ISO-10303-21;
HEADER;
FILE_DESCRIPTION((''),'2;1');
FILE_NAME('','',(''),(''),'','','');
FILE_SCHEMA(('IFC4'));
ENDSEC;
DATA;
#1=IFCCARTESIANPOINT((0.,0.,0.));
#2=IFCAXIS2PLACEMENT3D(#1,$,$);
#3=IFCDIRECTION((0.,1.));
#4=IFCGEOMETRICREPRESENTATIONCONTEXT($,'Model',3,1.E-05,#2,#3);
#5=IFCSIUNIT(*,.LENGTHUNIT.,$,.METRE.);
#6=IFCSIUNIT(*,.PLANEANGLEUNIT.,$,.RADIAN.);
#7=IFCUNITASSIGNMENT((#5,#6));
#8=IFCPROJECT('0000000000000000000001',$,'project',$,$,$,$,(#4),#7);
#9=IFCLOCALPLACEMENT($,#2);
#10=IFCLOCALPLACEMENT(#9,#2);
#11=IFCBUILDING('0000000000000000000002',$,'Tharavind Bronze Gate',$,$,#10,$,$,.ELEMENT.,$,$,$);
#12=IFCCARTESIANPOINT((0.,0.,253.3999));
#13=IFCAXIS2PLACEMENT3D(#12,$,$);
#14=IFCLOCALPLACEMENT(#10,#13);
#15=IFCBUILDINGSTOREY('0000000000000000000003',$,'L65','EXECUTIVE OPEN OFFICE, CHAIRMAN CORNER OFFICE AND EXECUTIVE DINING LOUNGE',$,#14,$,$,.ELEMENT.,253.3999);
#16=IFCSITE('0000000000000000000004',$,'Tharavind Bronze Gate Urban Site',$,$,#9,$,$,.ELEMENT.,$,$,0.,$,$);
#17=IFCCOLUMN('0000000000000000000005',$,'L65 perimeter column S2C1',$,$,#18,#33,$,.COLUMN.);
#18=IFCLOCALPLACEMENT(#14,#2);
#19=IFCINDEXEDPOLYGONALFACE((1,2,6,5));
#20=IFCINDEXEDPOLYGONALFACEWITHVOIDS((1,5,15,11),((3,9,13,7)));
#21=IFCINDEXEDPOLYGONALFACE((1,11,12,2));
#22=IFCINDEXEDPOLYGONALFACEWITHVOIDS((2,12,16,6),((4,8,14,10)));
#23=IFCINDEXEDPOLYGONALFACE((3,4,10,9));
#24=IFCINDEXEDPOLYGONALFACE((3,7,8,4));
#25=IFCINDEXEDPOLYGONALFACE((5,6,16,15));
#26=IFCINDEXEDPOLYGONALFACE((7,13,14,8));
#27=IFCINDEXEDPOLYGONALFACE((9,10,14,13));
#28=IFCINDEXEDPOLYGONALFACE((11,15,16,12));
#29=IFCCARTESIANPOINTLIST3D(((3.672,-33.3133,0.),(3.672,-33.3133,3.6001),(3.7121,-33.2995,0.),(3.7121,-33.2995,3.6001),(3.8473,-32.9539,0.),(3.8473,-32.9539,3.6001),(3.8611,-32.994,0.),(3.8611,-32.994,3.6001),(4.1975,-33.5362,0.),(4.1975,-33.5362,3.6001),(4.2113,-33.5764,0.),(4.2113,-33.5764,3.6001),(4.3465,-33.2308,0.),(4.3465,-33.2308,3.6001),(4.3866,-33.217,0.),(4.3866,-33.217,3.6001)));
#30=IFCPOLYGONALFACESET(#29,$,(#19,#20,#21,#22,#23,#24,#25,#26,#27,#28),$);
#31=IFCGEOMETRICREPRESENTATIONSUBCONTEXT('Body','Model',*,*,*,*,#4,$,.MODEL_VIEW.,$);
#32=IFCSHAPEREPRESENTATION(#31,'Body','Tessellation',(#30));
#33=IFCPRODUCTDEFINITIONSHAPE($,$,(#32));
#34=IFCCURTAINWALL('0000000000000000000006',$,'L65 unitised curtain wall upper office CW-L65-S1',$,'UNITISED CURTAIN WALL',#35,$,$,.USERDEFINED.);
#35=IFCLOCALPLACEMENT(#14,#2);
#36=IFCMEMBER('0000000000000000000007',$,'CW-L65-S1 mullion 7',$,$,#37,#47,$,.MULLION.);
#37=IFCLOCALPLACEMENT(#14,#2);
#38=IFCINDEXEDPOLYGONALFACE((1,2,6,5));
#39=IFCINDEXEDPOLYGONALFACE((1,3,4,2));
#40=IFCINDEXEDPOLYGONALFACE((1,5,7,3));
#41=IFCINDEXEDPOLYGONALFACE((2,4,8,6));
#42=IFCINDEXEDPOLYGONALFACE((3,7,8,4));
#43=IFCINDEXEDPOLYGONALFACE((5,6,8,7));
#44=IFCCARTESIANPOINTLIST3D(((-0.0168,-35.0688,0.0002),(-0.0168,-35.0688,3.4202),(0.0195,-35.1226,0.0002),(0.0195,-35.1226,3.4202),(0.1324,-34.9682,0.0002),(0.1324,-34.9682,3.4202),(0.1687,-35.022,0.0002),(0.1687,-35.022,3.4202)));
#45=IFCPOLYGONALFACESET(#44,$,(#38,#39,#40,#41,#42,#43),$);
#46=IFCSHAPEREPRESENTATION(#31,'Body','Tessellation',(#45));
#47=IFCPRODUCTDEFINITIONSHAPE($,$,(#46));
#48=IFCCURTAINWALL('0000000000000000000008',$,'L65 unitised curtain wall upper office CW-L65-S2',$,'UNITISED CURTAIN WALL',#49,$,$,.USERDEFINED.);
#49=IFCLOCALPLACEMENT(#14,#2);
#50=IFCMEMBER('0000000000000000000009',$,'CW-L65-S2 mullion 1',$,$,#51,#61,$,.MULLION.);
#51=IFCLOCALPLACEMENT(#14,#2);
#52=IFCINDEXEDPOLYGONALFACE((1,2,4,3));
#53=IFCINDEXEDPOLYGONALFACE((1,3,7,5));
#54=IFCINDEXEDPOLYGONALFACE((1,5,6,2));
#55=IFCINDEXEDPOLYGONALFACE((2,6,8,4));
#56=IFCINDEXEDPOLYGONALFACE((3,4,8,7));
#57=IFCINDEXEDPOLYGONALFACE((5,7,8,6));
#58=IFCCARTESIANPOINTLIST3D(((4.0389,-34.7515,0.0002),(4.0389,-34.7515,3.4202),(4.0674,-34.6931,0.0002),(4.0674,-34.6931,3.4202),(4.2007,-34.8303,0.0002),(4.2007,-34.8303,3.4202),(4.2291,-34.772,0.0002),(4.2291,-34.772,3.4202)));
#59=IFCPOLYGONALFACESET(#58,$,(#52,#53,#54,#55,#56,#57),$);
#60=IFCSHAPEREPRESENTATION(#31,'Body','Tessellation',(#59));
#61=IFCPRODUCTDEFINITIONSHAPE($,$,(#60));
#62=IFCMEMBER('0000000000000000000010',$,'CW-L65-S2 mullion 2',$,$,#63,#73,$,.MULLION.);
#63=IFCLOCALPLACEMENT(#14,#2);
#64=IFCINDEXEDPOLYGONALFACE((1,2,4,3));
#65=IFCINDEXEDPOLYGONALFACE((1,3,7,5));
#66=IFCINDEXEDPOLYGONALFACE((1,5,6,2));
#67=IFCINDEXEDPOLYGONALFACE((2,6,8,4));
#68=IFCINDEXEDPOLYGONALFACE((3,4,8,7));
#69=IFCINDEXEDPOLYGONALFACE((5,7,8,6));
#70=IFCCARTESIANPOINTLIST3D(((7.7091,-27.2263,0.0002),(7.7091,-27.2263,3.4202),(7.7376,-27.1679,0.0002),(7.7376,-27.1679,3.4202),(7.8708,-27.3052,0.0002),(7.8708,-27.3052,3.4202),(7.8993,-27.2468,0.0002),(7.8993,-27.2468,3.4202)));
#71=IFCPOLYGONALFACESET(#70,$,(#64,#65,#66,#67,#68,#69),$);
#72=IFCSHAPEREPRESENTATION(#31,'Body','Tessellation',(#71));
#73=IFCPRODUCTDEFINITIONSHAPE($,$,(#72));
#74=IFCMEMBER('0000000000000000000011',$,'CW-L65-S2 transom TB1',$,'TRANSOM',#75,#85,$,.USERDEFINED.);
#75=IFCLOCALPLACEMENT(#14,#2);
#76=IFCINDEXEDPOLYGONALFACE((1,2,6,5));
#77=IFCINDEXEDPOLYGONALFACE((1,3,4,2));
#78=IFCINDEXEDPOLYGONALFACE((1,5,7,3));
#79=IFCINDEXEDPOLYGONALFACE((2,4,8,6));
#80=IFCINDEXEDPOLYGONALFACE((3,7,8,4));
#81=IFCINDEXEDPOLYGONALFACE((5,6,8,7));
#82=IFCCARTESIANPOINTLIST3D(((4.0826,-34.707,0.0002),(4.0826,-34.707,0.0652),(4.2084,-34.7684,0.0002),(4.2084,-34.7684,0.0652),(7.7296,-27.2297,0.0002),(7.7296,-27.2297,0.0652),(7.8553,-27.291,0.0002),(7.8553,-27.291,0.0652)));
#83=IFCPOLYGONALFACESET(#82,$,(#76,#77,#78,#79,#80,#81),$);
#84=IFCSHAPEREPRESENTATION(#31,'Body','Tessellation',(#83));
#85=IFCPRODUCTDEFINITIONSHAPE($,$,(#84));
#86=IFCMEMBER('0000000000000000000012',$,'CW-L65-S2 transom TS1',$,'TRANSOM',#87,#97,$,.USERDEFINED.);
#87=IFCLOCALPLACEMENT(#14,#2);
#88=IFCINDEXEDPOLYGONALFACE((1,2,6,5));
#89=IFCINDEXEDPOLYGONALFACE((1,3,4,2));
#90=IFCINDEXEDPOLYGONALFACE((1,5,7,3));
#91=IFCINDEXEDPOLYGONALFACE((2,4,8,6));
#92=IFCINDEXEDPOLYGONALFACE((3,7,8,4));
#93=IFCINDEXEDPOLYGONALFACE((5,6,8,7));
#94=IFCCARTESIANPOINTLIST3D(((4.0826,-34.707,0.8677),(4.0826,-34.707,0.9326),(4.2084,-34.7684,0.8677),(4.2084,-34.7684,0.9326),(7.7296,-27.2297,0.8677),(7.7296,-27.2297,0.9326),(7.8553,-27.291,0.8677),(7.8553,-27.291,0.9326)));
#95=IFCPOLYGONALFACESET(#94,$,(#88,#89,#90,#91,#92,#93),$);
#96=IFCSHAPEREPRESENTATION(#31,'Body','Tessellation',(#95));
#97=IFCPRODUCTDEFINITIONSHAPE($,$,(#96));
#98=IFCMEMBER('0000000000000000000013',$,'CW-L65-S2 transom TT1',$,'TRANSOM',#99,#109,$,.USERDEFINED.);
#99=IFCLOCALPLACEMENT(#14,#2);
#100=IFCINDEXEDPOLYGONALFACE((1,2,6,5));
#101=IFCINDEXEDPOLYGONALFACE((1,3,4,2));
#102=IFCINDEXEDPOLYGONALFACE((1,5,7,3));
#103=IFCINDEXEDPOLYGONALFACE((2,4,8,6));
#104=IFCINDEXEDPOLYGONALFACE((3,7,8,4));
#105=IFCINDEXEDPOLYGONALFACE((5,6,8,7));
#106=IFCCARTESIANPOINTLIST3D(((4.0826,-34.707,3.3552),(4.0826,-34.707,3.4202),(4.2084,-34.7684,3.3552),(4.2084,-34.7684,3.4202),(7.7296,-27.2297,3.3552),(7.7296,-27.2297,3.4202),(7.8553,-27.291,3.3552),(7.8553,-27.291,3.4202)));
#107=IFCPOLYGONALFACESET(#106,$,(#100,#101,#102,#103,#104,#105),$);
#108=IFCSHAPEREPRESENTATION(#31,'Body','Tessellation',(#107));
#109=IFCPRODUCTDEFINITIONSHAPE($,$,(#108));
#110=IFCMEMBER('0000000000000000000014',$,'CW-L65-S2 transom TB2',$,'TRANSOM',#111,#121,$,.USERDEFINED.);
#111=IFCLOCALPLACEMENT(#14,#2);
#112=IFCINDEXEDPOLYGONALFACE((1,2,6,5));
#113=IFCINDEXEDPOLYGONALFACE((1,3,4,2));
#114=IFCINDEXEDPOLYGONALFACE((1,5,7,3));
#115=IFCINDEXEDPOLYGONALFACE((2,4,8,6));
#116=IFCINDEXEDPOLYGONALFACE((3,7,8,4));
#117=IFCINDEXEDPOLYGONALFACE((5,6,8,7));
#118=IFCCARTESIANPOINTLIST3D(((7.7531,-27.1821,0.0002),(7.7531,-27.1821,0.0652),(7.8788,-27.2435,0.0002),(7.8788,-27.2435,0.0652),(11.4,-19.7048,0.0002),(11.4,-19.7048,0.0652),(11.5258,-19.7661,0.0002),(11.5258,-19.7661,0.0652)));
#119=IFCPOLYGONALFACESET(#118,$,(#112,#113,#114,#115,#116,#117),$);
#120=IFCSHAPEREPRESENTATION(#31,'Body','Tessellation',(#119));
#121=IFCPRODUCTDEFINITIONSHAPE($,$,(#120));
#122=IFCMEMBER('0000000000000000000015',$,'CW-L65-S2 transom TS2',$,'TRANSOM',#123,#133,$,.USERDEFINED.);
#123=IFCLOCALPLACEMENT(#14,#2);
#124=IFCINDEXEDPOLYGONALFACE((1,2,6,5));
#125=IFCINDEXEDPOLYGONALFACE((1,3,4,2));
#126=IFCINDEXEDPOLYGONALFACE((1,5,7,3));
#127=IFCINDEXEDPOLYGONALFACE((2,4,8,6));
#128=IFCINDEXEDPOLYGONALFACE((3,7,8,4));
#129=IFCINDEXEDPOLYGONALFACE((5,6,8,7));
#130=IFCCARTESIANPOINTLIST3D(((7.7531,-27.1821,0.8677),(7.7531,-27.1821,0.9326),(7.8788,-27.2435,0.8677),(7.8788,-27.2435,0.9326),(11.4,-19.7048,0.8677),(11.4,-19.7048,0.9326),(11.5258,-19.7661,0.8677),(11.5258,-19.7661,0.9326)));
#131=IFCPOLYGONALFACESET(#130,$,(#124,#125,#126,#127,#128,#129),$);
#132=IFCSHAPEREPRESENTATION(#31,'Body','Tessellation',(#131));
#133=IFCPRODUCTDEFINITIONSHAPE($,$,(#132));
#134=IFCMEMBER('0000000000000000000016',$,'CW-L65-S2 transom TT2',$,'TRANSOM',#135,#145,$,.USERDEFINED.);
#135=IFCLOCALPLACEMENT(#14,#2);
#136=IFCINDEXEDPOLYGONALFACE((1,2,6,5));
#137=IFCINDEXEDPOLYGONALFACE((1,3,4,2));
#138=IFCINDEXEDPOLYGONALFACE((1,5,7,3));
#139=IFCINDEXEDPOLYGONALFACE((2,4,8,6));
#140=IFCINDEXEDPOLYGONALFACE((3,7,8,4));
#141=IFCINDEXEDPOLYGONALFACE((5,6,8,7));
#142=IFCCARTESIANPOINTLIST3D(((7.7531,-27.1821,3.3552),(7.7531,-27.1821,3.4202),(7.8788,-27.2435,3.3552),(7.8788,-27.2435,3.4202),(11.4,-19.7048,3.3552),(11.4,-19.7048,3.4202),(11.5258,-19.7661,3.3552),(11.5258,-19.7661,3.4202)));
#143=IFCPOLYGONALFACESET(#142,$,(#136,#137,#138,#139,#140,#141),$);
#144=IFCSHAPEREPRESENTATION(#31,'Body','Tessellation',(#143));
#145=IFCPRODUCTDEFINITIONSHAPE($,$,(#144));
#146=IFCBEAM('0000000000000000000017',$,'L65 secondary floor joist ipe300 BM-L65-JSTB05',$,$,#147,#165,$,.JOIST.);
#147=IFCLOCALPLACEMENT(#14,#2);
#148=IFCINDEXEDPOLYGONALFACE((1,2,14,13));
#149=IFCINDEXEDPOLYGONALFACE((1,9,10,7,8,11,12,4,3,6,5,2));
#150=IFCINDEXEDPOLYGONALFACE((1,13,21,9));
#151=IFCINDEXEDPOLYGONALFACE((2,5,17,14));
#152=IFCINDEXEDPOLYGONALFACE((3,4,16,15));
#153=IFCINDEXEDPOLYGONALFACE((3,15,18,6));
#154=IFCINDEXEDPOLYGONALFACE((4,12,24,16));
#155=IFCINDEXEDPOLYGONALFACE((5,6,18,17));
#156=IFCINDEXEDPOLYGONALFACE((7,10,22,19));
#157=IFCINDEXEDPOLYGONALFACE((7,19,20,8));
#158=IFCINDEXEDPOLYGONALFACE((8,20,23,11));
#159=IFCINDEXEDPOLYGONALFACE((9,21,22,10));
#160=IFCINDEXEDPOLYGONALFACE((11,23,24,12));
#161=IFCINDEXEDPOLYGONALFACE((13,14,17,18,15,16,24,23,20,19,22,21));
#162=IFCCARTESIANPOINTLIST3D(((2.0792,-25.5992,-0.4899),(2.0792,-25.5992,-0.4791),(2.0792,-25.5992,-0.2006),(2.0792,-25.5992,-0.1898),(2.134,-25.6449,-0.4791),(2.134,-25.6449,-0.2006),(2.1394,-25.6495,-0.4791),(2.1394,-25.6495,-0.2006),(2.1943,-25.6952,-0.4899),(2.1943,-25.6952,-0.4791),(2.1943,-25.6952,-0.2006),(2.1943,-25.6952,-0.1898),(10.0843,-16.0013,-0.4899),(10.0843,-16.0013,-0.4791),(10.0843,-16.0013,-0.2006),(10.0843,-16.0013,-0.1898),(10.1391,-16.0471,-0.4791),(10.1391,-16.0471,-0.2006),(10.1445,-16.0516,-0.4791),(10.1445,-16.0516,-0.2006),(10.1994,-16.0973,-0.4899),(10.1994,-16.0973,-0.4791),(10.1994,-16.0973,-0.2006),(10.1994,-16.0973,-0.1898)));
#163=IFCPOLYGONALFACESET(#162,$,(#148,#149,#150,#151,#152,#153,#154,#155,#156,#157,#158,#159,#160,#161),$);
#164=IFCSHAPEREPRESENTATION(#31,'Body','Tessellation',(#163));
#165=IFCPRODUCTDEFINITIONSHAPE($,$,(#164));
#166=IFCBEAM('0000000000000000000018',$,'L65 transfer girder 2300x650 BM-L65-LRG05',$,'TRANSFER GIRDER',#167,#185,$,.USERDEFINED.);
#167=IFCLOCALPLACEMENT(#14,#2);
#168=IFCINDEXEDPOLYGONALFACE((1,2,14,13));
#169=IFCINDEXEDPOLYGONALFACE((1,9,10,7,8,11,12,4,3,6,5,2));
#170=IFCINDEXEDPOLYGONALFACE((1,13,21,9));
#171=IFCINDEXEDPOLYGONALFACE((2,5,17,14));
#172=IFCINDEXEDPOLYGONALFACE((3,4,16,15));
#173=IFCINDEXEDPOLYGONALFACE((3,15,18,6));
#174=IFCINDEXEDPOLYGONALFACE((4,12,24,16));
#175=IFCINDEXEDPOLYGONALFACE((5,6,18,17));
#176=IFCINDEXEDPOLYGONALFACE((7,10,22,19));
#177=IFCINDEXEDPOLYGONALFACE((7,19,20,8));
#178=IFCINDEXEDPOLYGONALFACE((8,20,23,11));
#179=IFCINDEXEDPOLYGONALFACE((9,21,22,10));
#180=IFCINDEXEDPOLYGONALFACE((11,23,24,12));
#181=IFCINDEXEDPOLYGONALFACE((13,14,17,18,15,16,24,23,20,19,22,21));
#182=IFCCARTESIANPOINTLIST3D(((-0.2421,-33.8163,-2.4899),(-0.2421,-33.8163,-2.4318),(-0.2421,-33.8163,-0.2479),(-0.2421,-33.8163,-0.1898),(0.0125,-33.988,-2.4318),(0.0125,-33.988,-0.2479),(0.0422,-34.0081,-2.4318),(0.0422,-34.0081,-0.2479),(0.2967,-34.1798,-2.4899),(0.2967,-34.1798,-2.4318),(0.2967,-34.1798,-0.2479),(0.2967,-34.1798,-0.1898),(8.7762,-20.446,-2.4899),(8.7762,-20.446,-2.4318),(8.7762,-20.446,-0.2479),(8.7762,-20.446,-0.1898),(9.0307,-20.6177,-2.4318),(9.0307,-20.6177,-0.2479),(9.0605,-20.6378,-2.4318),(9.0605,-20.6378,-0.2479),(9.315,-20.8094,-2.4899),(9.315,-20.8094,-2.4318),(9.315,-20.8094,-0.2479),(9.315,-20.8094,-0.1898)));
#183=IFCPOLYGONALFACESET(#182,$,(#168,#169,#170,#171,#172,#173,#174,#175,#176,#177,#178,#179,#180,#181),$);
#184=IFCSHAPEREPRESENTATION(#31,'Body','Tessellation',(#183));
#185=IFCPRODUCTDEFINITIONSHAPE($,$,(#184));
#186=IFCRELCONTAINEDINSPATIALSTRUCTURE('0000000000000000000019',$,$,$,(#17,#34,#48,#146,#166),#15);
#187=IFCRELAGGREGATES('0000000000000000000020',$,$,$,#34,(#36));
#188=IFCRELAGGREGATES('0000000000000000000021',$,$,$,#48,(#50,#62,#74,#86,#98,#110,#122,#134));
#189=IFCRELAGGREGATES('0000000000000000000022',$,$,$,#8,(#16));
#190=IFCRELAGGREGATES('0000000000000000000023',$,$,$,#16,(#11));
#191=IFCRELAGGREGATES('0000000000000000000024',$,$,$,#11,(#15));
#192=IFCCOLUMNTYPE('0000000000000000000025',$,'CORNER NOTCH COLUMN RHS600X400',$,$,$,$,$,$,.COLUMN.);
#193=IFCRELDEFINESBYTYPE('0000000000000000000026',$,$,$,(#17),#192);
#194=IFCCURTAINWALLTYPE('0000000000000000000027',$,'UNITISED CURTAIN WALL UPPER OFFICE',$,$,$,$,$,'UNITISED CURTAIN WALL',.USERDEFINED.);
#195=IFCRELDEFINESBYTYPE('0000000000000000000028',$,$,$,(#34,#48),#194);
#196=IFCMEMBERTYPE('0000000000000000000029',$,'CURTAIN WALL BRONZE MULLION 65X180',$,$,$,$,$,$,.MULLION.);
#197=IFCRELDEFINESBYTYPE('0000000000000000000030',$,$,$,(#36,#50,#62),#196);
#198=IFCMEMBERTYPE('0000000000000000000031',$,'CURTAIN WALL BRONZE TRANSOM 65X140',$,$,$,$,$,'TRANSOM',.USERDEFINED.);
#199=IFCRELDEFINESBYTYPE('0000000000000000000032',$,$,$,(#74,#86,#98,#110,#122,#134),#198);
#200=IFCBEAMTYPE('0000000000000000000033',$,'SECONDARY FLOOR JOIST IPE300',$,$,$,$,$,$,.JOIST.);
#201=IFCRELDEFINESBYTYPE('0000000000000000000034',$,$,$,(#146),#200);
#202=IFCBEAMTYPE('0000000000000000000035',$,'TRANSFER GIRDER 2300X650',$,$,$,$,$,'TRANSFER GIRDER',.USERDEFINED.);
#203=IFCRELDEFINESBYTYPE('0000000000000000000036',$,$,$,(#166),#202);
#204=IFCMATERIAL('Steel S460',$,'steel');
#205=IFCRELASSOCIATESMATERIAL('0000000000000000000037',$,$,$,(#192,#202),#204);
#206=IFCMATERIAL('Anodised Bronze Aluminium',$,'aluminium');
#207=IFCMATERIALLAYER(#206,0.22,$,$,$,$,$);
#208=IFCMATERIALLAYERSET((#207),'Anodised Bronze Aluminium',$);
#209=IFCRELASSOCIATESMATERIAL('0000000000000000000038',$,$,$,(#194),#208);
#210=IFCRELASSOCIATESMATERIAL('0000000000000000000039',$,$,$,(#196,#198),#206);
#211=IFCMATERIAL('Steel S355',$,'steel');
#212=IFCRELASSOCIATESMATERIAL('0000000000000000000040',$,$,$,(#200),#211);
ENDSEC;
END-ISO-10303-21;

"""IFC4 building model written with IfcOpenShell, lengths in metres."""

from ifc_helpers import new_model, si_unit, direction, frame, origin, origin_2d, place, context, subcontext, project, spatial, rectangle, hollow_rectangle, i_section, extrude, material, layer, layer_set, material_profile, profile_set, type_object, element, aggregate, save


model = new_model("IFC4")

# Units and contexts
model_context = context("Model", 3, precision=1e-05, world=origin(), true_north=direction((0.0, 1.0)))
body_context = subcontext(model_context, "Body", "Model", "MODEL_VIEW")
ifc_project = project(units=[si_unit("LENGTHUNIT", "METRE"), si_unit("PLANEANGLEUNIT", "RADIAN")], contexts=[model_context])

# Site, building, storey
site_placement = place(None, origin())
site = spatial("IfcSite", under=ifc_project, at=site_placement, Name="Tharavind Bronze Gate Urban Site", CompositionType="ELEMENT", RefElevation=0.0)
building_placement = place(site_placement, origin())
building = spatial("IfcBuilding", under=site, at=building_placement, Name="Tharavind Bronze Gate", CompositionType="ELEMENT")
storey_placement = place(building_placement, frame((0.0, 0.0, 253.3999)))
storey = spatial("IfcBuildingStorey", under=building, at=storey_placement, Name="L65", Description="EXECUTIVE OPEN OFFICE, CHAIRMAN CORNER OFFICE AND EXECUTIVE DINING LOUNGE", CompositionType="ELEMENT", Elevation=253.3999)

# Column
ifc_material_1 = material(Name="Steel S460", Category="steel")
ifc_material_profile_1 = material_profile(ifc_material_1, hollow_rectangle(XDim=0.3999, YDim=0.6001, WallThickness=0.03, at=origin_2d()), Name="RHS600X400X30")
ifc_profile_set_1 = profile_set([ifc_material_profile_1], Name="Steel S460")
column_type = type_object("IfcColumnType", Name="CORNER NOTCH COLUMN RHS600X400", PredefinedType="COLUMN", material=ifc_profile_set_1)
column_placement = place(storey_placement, frame((4.0293, -33.2651, 0.0), z_axis=(0.0, 0.0, 1.0), x_axis=(0.438373, 0.898793, 0.0)))
element("IfcColumn", 1, at=column_placement, inside=storey, type_object=column_type, Name="L65 perimeter column S2C1", PredefinedType="COLUMN", context=body_context, shape_type="SweptSolid", body=[
    extrude(hollow_rectangle(XDim=0.3999, YDim=0.6001, WallThickness=0.03, at=origin_2d()), origin(), (0.0, 0.0, 1.0), 3.6001),
])

# Curtain wall, member
ifc_material_2 = material(Name="Anodised Bronze Aluminium", Category="aluminium")
ifc_layer_1 = layer(ifc_material_2, 0.22)
ifc_layer_set_1 = layer_set([ifc_layer_1], Name="Anodised Bronze Aluminium")
curtain_wall_type = type_object("IfcCurtainWallType", Name="UNITISED CURTAIN WALL UPPER OFFICE", ElementType="UNITISED CURTAIN WALL", PredefinedType="USERDEFINED", material=ifc_layer_set_1)
curtain_wall_1_placement = place(storey_placement, origin())
curtain_wall_1 = element("IfcCurtainWall", 2, at=curtain_wall_1_placement, inside=storey, type_object=curtain_wall_type, Name="L65 unitised curtain wall upper office CW-L65-S1", ObjectType="UNITISED CURTAIN WALL", PredefinedType="USERDEFINED")
member_type_1 = type_object("IfcMemberType", Name="CURTAIN WALL BRONZE MULLION 65X180", PredefinedType="MULLION", material=ifc_material_2)
member_1_placement = place(storey_placement, frame((0.0759, -35.0454, 0.0002), z_axis=(0.0, 0.0, 1.0), x_axis=(0.559191, -0.829039, 0.0)))
member_1 = element("IfcMember", 3, at=member_1_placement, type_object=member_type_1, Name="CW-L65-S1 mullion 7", PredefinedType="MULLION", context=body_context, shape_type="SweptSolid", body=[
    extrude(rectangle(XDim=0.0649, YDim=0.1799, at=origin_2d()), origin(), (0.0, 0.0, 1.0), 3.4199),
])
aggregate(curtain_wall_1, [member_1])

# Curtain wall, members
curtain_wall_2_placement = place(storey_placement, origin())
curtain_wall_2 = element("IfcCurtainWall", 4, at=curtain_wall_2_placement, inside=storey, type_object=curtain_wall_type, Name="L65 unitised curtain wall upper office CW-L65-S2", ObjectType="UNITISED CURTAIN WALL", PredefinedType="USERDEFINED")
member_2_placement = place(storey_placement, frame((4.134, -34.7617, 0.0002), z_axis=(0.0, 0.0, 1.0), x_axis=(0.438373, 0.898793, 0.0)))
member_2 = element("IfcMember", 5, at=member_2_placement, type_object=member_type_1, Name="CW-L65-S2 mullion 1", PredefinedType="MULLION", context=body_context, shape_type="SweptSolid", body=[
    extrude(rectangle(XDim=0.0649, YDim=0.1799, at=origin_2d()), origin(), (0.0, 0.0, 1.0), 3.4199),
])
member_3_placement = place(storey_placement, frame((7.8042, -27.2366, 0.0002), z_axis=(0.0, 0.0, 1.0), x_axis=(0.438373, 0.898793, 0.0)))
member_3 = element("IfcMember", 6, at=member_3_placement, type_object=member_type_1, Name="CW-L65-S2 mullion 2", PredefinedType="MULLION", context=body_context, shape_type="SweptSolid", body=[
    extrude(rectangle(XDim=0.0649, YDim=0.1799, at=origin_2d()), origin(), (0.0, 0.0, 1.0), 3.4199),
])
member_type_2 = type_object("IfcMemberType", Name="CURTAIN WALL BRONZE TRANSOM 65X140", ElementType="TRANSOM", PredefinedType="USERDEFINED", material=ifc_material_2)
member_4_placement = place(storey_placement, frame((5.969, -30.999, 0.0002), z_axis=(0.0, 0.0, 1.0), x_axis=(0.438373, 0.898793, 0.0)))
member_4 = element("IfcMember", 7, at=member_4_placement, type_object=member_type_2, Name="CW-L65-S2 transom TB1", ObjectType="TRANSOM", PredefinedType="USERDEFINED", context=body_context, shape_type="SweptSolid", body=[
    extrude(rectangle(XDim=8.3193, YDim=0.1399, at=origin_2d()), origin(), (0.0, 0.0, 1.0), 0.0649),
])
member_5_placement = place(storey_placement, frame((5.969, -30.999, 0.8677), z_axis=(0.0, 0.0, 1.0), x_axis=(0.438373, 0.898793, 0.0)))
member_5 = element("IfcMember", 8, at=member_5_placement, type_object=member_type_2, Name="CW-L65-S2 transom TS1", ObjectType="TRANSOM", PredefinedType="USERDEFINED", context=body_context, shape_type="SweptSolid", body=[
    extrude(rectangle(XDim=8.3193, YDim=0.1399, at=origin_2d()), origin(), (0.0, 0.0, 1.0), 0.0649),
])
member_6_placement = place(storey_placement, frame((5.969, -30.999, 3.3552), z_axis=(0.0, 0.0, 1.0), x_axis=(0.438373, 0.898793, 0.0)))
member_6 = element("IfcMember", 9, at=member_6_placement, type_object=member_type_2, Name="CW-L65-S2 transom TT1", ObjectType="TRANSOM", PredefinedType="USERDEFINED", context=body_context, shape_type="SweptSolid", body=[
    extrude(rectangle(XDim=8.3193, YDim=0.1399, at=origin_2d()), origin(), (0.0, 0.0, 1.0), 0.0649),
])
member_7_placement = place(storey_placement, frame((9.6394, -23.4741, 0.0002), z_axis=(0.0, 0.0, 1.0), x_axis=(0.438373, 0.898793, 0.0)))
member_7 = element("IfcMember", 10, at=member_7_placement, type_object=member_type_2, Name="CW-L65-S2 transom TB2", ObjectType="TRANSOM", PredefinedType="USERDEFINED", context=body_context, shape_type="SweptSolid", body=[
    extrude(rectangle(XDim=8.3193, YDim=0.1399, at=origin_2d()), origin(), (0.0, 0.0, 1.0), 0.0649),
])
member_8_placement = place(storey_placement, frame((9.6394, -23.4741, 0.8677), z_axis=(0.0, 0.0, 1.0), x_axis=(0.438373, 0.898793, 0.0)))
member_8 = element("IfcMember", 11, at=member_8_placement, type_object=member_type_2, Name="CW-L65-S2 transom TS2", ObjectType="TRANSOM", PredefinedType="USERDEFINED", context=body_context, shape_type="SweptSolid", body=[
    extrude(rectangle(XDim=8.3193, YDim=0.1399, at=origin_2d()), origin(), (0.0, 0.0, 1.0), 0.0649),
])
member_9_placement = place(storey_placement, frame((9.6394, -23.4741, 3.3552), z_axis=(0.0, 0.0, 1.0), x_axis=(0.438373, 0.898793, 0.0)))
member_9 = element("IfcMember", 12, at=member_9_placement, type_object=member_type_2, Name="CW-L65-S2 transom TT2", ObjectType="TRANSOM", PredefinedType="USERDEFINED", context=body_context, shape_type="SweptSolid", body=[
    extrude(rectangle(XDim=8.3193, YDim=0.1399, at=origin_2d()), origin(), (0.0, 0.0, 1.0), 0.0649),
])

# Beams
ifc_material_3 = material(Name="Steel S355", Category="steel")
ifc_material_profile_2 = material_profile(ifc_material_3, i_section(OverallWidth=0.1499, OverallDepth=0.3, WebThickness=0.0071, FlangeThickness=0.0107, at=origin_2d()), Name="IPE300")
ifc_profile_set_2 = profile_set([ifc_material_profile_2], Name="Steel S355")
beam_type_1 = type_object("IfcBeamType", Name="SECONDARY FLOOR JOIST IPE300", PredefinedType="JOIST", material=ifc_profile_set_2)
beam_1_placement = place(storey_placement, frame((2.1367, -25.6472, -0.3398), z_axis=(0.640509, 0.767951, 0.0), x_axis=(-0.767951, 0.640509, 0.0)))
element("IfcBeam", 13, at=beam_1_placement, inside=storey, type_object=beam_type_1, Name="L65 secondary floor joist ipe300 BM-L65-JSTB05", PredefinedType="JOIST", context=body_context, shape_type="SweptSolid", body=[
    extrude(i_section(OverallWidth=0.1499, OverallDepth=0.3, WebThickness=0.0071, FlangeThickness=0.0107, at=origin_2d()), origin(), (0.0, 0.0, 1.0), 12.498),
])
ifc_material_profile_3 = material_profile(ifc_material_1, i_section(OverallWidth=0.6499, OverallDepth=2.3, WebThickness=0.0359, FlangeThickness=0.0581, at=origin_2d()), Name="PG2300X650")
ifc_profile_set_3 = profile_set([ifc_material_profile_3], Name="Steel S460")
beam_type_2 = type_object("IfcBeamType", Name="TRANSFER GIRDER 2300X650", ElementType="TRANSFER GIRDER", PredefinedType="USERDEFINED", material=ifc_profile_set_3)
beam_2_placement = place(storey_placement, frame((0.0273, -33.998, -1.3398), z_axis=(0.559188, 0.829041, 0.0), x_axis=(-0.829041, 0.559188, 0.0)))
element("IfcBeam", 14, at=beam_2_placement, inside=storey, type_object=beam_type_2, Name="L65 transfer girder 2300x650 BM-L65-LRG05", ObjectType="TRANSFER GIRDER", PredefinedType="USERDEFINED", context=body_context, shape_type="SweptSolid", body=[
    extrude(i_section(OverallWidth=0.6499, OverallDepth=2.3, WebThickness=0.0359, FlangeThickness=0.0581, at=origin_2d()), origin(), (0.0, 0.0, 1.0), 16.1274),
])

aggregate(curtain_wall_2, [member_2, member_3, member_4, member_5, member_6, member_7, member_8, member_9])

save(model, "model.ifc")
